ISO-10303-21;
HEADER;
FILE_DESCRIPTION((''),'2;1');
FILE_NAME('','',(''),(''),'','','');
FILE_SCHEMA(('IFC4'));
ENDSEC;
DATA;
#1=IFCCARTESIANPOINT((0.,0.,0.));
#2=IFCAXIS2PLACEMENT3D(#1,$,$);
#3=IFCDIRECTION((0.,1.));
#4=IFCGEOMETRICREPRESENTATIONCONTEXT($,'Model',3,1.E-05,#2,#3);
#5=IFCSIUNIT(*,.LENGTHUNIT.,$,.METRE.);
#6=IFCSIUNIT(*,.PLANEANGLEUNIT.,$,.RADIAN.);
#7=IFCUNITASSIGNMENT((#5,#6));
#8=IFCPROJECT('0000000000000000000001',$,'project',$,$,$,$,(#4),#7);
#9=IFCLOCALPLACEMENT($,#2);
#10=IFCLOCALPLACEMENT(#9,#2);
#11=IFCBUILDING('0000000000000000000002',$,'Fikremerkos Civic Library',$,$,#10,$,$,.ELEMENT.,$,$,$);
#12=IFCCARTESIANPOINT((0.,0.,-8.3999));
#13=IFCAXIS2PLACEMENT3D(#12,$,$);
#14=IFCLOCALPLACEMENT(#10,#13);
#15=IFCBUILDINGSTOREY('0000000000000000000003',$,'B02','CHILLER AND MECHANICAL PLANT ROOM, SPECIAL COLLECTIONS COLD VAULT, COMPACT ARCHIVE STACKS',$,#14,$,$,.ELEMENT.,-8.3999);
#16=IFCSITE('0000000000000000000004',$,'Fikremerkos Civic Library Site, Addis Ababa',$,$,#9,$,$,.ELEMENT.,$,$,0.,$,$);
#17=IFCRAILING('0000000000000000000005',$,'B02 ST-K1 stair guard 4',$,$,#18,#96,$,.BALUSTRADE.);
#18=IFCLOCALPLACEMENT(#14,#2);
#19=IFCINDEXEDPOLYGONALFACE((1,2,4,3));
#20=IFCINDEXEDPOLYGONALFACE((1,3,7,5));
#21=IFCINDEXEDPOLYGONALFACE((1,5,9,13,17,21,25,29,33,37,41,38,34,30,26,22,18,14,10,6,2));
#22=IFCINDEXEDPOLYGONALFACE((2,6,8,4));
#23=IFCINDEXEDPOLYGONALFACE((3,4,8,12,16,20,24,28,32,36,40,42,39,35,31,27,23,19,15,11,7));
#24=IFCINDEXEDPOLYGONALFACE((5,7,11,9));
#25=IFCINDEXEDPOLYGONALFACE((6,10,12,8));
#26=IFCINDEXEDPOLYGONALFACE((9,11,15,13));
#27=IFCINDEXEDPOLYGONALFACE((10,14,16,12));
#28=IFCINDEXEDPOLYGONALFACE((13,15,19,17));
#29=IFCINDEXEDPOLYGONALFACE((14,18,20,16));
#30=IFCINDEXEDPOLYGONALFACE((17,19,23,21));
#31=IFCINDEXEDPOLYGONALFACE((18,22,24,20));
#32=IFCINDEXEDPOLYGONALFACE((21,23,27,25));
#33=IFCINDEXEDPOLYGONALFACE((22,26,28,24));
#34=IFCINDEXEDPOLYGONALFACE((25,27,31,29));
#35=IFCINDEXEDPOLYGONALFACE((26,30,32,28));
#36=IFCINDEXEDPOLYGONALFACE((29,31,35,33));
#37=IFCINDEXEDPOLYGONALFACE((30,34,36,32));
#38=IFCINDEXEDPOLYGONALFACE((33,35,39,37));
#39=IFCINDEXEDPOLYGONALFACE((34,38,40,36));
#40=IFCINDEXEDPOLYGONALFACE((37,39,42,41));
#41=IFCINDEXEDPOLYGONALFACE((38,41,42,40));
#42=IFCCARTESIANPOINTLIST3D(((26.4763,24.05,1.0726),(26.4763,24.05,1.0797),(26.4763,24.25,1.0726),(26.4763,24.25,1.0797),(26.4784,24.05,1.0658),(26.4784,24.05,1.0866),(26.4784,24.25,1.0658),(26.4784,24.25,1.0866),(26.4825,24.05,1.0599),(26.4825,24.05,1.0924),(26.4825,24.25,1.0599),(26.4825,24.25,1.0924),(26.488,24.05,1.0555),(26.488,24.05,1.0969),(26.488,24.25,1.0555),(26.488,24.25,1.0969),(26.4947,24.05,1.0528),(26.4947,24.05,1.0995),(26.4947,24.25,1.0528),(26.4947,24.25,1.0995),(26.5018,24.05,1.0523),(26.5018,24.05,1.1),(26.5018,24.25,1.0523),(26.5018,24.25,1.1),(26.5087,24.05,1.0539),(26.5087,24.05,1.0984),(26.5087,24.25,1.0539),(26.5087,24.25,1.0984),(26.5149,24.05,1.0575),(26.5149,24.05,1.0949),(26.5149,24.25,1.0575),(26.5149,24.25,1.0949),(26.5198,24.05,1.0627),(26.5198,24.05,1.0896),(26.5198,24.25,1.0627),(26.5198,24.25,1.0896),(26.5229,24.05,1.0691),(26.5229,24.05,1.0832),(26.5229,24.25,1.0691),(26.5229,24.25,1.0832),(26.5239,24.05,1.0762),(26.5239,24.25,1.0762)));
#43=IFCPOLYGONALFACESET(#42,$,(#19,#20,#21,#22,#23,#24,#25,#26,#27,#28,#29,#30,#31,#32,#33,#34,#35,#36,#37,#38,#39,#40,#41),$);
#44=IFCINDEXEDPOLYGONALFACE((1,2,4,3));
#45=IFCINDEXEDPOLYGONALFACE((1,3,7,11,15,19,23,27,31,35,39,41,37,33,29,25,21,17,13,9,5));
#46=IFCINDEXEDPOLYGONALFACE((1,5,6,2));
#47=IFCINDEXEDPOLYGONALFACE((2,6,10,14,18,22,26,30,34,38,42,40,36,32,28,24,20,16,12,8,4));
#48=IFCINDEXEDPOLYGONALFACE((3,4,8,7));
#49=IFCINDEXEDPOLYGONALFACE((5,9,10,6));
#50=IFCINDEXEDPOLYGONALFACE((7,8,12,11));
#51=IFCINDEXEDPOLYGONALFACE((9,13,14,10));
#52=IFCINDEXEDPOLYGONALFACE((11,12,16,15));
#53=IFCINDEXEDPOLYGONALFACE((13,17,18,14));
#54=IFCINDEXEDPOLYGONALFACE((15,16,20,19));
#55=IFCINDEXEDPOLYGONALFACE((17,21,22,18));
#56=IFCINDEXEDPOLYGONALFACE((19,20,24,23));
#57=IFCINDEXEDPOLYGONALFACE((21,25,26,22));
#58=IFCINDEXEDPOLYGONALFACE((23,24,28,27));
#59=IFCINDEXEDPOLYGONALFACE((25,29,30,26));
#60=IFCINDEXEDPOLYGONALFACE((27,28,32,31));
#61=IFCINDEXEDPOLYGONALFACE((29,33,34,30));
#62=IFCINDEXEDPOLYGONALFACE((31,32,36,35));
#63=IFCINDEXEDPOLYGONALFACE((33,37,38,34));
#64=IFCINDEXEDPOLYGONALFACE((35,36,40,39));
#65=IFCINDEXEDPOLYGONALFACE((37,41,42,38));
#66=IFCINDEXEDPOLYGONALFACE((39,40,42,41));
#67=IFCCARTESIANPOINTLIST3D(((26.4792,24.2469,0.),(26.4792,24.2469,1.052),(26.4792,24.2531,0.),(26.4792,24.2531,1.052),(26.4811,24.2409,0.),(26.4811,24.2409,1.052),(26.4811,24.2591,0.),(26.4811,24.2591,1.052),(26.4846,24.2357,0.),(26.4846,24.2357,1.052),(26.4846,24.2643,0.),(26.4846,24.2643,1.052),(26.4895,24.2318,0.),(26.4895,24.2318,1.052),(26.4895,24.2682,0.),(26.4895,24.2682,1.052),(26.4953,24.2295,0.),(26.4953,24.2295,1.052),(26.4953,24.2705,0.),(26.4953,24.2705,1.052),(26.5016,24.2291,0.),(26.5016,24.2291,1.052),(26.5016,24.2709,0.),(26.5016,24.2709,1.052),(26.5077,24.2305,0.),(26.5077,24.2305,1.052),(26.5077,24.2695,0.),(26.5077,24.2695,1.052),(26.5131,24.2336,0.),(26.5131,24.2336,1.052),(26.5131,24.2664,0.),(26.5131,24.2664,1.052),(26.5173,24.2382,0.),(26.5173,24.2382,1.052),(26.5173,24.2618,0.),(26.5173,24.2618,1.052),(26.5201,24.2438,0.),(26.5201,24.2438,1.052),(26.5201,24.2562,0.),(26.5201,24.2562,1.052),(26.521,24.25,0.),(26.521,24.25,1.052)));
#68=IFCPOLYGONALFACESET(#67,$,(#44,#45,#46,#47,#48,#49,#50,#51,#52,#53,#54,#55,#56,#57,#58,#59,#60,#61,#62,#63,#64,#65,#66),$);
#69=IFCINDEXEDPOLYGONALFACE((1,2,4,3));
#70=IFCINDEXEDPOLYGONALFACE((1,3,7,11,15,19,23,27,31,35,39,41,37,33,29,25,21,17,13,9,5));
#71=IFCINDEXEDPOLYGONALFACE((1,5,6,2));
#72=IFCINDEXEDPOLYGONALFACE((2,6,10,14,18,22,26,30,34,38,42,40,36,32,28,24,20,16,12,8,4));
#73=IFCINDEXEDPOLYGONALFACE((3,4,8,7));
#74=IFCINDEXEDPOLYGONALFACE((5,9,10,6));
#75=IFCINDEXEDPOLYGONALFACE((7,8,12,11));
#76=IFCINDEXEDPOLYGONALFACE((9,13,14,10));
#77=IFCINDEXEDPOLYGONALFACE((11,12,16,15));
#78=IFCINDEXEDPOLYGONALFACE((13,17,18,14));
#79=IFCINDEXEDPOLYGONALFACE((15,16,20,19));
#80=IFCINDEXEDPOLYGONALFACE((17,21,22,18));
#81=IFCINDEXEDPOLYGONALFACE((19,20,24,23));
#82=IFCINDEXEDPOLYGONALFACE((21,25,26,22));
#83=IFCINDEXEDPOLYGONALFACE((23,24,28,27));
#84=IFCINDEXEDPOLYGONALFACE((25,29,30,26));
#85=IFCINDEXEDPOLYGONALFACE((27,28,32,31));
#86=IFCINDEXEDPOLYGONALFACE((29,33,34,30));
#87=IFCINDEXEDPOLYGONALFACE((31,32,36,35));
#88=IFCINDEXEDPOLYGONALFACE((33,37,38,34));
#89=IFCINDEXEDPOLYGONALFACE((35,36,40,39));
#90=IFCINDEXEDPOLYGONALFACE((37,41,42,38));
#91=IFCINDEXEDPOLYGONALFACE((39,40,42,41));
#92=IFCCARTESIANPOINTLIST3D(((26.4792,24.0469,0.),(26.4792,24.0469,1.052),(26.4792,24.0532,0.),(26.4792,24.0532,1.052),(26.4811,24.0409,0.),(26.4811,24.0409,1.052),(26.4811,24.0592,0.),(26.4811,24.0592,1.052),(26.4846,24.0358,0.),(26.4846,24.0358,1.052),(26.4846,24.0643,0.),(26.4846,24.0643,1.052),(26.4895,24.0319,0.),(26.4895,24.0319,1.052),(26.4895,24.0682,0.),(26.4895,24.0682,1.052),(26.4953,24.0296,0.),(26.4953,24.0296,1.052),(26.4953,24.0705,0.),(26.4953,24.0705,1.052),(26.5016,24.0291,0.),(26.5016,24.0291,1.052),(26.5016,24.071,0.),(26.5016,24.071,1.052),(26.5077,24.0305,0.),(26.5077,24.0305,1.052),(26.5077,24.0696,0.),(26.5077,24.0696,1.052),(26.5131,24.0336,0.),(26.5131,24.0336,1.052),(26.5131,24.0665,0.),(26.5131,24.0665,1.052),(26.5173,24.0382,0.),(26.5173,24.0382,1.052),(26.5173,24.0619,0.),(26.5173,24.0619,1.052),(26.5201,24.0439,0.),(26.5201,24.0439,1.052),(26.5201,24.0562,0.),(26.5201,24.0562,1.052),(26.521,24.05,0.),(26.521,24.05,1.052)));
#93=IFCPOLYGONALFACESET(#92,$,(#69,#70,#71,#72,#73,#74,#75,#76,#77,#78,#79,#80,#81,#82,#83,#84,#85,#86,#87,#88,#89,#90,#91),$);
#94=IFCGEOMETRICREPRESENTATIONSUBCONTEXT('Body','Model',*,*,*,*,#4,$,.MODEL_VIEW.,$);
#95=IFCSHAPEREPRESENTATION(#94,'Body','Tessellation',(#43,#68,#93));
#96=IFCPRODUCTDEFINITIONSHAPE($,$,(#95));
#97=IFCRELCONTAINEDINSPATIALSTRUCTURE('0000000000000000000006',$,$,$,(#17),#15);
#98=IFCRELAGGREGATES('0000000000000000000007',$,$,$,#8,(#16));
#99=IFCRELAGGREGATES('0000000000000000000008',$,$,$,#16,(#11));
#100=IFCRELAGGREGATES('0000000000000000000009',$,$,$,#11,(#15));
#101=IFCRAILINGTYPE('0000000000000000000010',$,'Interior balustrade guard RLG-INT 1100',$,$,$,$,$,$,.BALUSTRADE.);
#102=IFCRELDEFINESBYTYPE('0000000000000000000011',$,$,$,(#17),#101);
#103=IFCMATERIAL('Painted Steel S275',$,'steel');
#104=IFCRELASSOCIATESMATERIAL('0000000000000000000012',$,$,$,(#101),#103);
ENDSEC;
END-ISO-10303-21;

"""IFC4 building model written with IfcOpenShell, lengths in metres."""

from ifc_helpers import new_model, si_unit, direction, frame, origin, origin_2d, place, context, subcontext, project, spatial, circle, extrude, material, type_object, element, save


model = new_model("IFC4")

# Units and contexts
model_context = context("Model", 3, precision=1e-05, world=origin(), true_north=direction((0.0, 1.0)))
body_context = subcontext(model_context, "Body", "Model", "MODEL_VIEW")
ifc_project = project(units=[si_unit("LENGTHUNIT", "METRE"), si_unit("PLANEANGLEUNIT", "RADIAN")], contexts=[model_context])

# Site, building, storey
site_placement = place(None, origin())
site = spatial("IfcSite", under=ifc_project, at=site_placement, Name="Fikremerkos Civic Library Site, Addis Ababa", CompositionType="ELEMENT", RefElevation=0.0)
building_placement = place(site_placement, origin())
building = spatial("IfcBuilding", under=site, at=building_placement, Name="Fikremerkos Civic Library", CompositionType="ELEMENT")
storey_placement = place(building_placement, frame((0.0, 0.0, -8.3999)))
storey = spatial("IfcBuildingStorey", under=building, at=storey_placement, Name="B02", Description="CHILLER AND MECHANICAL PLANT ROOM, SPECIAL COLLECTIONS COLD VAULT, COMPACT ARCHIVE STACKS", CompositionType="ELEMENT", Elevation=-8.3999)

# Railing
ifc_material_1 = material(Name="Painted Steel S275", Category="steel")
railing_type_1 = type_object("IfcRailingType", Name="Interior balustrade guard RLG-INT 1100", PredefinedType="BALUSTRADE", material=ifc_material_1)
railing_1_placement = place(storey_placement, frame((26.5, 24.25, 0.0)))
element("IfcRailing", 1, at=railing_1_placement, inside=storey, type_object=railing_type_1, Name="B02 ST-K1 stair guard 4", PredefinedType="BALUSTRADE", context=body_context, shape_type="SweptSolid", body=[
    extrude(circle(Radius=0.0239, at=origin_2d()), frame((0.0, 0.0, 1.0762), z_axis=(0.0, -1.0, 0.0), x_axis=(1.0, 0.0, 0.0)), (0.0, 0.0, 1.0), 0.2),
    extrude(circle(Radius=0.021, at=origin_2d()), origin(), (0.0, 0.0, 1.0), 1.052),
    extrude(circle(Radius=0.021, at=origin_2d()), frame((0.0, -0.2, 0.0)), (0.0, 0.0, 1.0), 1.052),
])

save(model, "model.ifc")
